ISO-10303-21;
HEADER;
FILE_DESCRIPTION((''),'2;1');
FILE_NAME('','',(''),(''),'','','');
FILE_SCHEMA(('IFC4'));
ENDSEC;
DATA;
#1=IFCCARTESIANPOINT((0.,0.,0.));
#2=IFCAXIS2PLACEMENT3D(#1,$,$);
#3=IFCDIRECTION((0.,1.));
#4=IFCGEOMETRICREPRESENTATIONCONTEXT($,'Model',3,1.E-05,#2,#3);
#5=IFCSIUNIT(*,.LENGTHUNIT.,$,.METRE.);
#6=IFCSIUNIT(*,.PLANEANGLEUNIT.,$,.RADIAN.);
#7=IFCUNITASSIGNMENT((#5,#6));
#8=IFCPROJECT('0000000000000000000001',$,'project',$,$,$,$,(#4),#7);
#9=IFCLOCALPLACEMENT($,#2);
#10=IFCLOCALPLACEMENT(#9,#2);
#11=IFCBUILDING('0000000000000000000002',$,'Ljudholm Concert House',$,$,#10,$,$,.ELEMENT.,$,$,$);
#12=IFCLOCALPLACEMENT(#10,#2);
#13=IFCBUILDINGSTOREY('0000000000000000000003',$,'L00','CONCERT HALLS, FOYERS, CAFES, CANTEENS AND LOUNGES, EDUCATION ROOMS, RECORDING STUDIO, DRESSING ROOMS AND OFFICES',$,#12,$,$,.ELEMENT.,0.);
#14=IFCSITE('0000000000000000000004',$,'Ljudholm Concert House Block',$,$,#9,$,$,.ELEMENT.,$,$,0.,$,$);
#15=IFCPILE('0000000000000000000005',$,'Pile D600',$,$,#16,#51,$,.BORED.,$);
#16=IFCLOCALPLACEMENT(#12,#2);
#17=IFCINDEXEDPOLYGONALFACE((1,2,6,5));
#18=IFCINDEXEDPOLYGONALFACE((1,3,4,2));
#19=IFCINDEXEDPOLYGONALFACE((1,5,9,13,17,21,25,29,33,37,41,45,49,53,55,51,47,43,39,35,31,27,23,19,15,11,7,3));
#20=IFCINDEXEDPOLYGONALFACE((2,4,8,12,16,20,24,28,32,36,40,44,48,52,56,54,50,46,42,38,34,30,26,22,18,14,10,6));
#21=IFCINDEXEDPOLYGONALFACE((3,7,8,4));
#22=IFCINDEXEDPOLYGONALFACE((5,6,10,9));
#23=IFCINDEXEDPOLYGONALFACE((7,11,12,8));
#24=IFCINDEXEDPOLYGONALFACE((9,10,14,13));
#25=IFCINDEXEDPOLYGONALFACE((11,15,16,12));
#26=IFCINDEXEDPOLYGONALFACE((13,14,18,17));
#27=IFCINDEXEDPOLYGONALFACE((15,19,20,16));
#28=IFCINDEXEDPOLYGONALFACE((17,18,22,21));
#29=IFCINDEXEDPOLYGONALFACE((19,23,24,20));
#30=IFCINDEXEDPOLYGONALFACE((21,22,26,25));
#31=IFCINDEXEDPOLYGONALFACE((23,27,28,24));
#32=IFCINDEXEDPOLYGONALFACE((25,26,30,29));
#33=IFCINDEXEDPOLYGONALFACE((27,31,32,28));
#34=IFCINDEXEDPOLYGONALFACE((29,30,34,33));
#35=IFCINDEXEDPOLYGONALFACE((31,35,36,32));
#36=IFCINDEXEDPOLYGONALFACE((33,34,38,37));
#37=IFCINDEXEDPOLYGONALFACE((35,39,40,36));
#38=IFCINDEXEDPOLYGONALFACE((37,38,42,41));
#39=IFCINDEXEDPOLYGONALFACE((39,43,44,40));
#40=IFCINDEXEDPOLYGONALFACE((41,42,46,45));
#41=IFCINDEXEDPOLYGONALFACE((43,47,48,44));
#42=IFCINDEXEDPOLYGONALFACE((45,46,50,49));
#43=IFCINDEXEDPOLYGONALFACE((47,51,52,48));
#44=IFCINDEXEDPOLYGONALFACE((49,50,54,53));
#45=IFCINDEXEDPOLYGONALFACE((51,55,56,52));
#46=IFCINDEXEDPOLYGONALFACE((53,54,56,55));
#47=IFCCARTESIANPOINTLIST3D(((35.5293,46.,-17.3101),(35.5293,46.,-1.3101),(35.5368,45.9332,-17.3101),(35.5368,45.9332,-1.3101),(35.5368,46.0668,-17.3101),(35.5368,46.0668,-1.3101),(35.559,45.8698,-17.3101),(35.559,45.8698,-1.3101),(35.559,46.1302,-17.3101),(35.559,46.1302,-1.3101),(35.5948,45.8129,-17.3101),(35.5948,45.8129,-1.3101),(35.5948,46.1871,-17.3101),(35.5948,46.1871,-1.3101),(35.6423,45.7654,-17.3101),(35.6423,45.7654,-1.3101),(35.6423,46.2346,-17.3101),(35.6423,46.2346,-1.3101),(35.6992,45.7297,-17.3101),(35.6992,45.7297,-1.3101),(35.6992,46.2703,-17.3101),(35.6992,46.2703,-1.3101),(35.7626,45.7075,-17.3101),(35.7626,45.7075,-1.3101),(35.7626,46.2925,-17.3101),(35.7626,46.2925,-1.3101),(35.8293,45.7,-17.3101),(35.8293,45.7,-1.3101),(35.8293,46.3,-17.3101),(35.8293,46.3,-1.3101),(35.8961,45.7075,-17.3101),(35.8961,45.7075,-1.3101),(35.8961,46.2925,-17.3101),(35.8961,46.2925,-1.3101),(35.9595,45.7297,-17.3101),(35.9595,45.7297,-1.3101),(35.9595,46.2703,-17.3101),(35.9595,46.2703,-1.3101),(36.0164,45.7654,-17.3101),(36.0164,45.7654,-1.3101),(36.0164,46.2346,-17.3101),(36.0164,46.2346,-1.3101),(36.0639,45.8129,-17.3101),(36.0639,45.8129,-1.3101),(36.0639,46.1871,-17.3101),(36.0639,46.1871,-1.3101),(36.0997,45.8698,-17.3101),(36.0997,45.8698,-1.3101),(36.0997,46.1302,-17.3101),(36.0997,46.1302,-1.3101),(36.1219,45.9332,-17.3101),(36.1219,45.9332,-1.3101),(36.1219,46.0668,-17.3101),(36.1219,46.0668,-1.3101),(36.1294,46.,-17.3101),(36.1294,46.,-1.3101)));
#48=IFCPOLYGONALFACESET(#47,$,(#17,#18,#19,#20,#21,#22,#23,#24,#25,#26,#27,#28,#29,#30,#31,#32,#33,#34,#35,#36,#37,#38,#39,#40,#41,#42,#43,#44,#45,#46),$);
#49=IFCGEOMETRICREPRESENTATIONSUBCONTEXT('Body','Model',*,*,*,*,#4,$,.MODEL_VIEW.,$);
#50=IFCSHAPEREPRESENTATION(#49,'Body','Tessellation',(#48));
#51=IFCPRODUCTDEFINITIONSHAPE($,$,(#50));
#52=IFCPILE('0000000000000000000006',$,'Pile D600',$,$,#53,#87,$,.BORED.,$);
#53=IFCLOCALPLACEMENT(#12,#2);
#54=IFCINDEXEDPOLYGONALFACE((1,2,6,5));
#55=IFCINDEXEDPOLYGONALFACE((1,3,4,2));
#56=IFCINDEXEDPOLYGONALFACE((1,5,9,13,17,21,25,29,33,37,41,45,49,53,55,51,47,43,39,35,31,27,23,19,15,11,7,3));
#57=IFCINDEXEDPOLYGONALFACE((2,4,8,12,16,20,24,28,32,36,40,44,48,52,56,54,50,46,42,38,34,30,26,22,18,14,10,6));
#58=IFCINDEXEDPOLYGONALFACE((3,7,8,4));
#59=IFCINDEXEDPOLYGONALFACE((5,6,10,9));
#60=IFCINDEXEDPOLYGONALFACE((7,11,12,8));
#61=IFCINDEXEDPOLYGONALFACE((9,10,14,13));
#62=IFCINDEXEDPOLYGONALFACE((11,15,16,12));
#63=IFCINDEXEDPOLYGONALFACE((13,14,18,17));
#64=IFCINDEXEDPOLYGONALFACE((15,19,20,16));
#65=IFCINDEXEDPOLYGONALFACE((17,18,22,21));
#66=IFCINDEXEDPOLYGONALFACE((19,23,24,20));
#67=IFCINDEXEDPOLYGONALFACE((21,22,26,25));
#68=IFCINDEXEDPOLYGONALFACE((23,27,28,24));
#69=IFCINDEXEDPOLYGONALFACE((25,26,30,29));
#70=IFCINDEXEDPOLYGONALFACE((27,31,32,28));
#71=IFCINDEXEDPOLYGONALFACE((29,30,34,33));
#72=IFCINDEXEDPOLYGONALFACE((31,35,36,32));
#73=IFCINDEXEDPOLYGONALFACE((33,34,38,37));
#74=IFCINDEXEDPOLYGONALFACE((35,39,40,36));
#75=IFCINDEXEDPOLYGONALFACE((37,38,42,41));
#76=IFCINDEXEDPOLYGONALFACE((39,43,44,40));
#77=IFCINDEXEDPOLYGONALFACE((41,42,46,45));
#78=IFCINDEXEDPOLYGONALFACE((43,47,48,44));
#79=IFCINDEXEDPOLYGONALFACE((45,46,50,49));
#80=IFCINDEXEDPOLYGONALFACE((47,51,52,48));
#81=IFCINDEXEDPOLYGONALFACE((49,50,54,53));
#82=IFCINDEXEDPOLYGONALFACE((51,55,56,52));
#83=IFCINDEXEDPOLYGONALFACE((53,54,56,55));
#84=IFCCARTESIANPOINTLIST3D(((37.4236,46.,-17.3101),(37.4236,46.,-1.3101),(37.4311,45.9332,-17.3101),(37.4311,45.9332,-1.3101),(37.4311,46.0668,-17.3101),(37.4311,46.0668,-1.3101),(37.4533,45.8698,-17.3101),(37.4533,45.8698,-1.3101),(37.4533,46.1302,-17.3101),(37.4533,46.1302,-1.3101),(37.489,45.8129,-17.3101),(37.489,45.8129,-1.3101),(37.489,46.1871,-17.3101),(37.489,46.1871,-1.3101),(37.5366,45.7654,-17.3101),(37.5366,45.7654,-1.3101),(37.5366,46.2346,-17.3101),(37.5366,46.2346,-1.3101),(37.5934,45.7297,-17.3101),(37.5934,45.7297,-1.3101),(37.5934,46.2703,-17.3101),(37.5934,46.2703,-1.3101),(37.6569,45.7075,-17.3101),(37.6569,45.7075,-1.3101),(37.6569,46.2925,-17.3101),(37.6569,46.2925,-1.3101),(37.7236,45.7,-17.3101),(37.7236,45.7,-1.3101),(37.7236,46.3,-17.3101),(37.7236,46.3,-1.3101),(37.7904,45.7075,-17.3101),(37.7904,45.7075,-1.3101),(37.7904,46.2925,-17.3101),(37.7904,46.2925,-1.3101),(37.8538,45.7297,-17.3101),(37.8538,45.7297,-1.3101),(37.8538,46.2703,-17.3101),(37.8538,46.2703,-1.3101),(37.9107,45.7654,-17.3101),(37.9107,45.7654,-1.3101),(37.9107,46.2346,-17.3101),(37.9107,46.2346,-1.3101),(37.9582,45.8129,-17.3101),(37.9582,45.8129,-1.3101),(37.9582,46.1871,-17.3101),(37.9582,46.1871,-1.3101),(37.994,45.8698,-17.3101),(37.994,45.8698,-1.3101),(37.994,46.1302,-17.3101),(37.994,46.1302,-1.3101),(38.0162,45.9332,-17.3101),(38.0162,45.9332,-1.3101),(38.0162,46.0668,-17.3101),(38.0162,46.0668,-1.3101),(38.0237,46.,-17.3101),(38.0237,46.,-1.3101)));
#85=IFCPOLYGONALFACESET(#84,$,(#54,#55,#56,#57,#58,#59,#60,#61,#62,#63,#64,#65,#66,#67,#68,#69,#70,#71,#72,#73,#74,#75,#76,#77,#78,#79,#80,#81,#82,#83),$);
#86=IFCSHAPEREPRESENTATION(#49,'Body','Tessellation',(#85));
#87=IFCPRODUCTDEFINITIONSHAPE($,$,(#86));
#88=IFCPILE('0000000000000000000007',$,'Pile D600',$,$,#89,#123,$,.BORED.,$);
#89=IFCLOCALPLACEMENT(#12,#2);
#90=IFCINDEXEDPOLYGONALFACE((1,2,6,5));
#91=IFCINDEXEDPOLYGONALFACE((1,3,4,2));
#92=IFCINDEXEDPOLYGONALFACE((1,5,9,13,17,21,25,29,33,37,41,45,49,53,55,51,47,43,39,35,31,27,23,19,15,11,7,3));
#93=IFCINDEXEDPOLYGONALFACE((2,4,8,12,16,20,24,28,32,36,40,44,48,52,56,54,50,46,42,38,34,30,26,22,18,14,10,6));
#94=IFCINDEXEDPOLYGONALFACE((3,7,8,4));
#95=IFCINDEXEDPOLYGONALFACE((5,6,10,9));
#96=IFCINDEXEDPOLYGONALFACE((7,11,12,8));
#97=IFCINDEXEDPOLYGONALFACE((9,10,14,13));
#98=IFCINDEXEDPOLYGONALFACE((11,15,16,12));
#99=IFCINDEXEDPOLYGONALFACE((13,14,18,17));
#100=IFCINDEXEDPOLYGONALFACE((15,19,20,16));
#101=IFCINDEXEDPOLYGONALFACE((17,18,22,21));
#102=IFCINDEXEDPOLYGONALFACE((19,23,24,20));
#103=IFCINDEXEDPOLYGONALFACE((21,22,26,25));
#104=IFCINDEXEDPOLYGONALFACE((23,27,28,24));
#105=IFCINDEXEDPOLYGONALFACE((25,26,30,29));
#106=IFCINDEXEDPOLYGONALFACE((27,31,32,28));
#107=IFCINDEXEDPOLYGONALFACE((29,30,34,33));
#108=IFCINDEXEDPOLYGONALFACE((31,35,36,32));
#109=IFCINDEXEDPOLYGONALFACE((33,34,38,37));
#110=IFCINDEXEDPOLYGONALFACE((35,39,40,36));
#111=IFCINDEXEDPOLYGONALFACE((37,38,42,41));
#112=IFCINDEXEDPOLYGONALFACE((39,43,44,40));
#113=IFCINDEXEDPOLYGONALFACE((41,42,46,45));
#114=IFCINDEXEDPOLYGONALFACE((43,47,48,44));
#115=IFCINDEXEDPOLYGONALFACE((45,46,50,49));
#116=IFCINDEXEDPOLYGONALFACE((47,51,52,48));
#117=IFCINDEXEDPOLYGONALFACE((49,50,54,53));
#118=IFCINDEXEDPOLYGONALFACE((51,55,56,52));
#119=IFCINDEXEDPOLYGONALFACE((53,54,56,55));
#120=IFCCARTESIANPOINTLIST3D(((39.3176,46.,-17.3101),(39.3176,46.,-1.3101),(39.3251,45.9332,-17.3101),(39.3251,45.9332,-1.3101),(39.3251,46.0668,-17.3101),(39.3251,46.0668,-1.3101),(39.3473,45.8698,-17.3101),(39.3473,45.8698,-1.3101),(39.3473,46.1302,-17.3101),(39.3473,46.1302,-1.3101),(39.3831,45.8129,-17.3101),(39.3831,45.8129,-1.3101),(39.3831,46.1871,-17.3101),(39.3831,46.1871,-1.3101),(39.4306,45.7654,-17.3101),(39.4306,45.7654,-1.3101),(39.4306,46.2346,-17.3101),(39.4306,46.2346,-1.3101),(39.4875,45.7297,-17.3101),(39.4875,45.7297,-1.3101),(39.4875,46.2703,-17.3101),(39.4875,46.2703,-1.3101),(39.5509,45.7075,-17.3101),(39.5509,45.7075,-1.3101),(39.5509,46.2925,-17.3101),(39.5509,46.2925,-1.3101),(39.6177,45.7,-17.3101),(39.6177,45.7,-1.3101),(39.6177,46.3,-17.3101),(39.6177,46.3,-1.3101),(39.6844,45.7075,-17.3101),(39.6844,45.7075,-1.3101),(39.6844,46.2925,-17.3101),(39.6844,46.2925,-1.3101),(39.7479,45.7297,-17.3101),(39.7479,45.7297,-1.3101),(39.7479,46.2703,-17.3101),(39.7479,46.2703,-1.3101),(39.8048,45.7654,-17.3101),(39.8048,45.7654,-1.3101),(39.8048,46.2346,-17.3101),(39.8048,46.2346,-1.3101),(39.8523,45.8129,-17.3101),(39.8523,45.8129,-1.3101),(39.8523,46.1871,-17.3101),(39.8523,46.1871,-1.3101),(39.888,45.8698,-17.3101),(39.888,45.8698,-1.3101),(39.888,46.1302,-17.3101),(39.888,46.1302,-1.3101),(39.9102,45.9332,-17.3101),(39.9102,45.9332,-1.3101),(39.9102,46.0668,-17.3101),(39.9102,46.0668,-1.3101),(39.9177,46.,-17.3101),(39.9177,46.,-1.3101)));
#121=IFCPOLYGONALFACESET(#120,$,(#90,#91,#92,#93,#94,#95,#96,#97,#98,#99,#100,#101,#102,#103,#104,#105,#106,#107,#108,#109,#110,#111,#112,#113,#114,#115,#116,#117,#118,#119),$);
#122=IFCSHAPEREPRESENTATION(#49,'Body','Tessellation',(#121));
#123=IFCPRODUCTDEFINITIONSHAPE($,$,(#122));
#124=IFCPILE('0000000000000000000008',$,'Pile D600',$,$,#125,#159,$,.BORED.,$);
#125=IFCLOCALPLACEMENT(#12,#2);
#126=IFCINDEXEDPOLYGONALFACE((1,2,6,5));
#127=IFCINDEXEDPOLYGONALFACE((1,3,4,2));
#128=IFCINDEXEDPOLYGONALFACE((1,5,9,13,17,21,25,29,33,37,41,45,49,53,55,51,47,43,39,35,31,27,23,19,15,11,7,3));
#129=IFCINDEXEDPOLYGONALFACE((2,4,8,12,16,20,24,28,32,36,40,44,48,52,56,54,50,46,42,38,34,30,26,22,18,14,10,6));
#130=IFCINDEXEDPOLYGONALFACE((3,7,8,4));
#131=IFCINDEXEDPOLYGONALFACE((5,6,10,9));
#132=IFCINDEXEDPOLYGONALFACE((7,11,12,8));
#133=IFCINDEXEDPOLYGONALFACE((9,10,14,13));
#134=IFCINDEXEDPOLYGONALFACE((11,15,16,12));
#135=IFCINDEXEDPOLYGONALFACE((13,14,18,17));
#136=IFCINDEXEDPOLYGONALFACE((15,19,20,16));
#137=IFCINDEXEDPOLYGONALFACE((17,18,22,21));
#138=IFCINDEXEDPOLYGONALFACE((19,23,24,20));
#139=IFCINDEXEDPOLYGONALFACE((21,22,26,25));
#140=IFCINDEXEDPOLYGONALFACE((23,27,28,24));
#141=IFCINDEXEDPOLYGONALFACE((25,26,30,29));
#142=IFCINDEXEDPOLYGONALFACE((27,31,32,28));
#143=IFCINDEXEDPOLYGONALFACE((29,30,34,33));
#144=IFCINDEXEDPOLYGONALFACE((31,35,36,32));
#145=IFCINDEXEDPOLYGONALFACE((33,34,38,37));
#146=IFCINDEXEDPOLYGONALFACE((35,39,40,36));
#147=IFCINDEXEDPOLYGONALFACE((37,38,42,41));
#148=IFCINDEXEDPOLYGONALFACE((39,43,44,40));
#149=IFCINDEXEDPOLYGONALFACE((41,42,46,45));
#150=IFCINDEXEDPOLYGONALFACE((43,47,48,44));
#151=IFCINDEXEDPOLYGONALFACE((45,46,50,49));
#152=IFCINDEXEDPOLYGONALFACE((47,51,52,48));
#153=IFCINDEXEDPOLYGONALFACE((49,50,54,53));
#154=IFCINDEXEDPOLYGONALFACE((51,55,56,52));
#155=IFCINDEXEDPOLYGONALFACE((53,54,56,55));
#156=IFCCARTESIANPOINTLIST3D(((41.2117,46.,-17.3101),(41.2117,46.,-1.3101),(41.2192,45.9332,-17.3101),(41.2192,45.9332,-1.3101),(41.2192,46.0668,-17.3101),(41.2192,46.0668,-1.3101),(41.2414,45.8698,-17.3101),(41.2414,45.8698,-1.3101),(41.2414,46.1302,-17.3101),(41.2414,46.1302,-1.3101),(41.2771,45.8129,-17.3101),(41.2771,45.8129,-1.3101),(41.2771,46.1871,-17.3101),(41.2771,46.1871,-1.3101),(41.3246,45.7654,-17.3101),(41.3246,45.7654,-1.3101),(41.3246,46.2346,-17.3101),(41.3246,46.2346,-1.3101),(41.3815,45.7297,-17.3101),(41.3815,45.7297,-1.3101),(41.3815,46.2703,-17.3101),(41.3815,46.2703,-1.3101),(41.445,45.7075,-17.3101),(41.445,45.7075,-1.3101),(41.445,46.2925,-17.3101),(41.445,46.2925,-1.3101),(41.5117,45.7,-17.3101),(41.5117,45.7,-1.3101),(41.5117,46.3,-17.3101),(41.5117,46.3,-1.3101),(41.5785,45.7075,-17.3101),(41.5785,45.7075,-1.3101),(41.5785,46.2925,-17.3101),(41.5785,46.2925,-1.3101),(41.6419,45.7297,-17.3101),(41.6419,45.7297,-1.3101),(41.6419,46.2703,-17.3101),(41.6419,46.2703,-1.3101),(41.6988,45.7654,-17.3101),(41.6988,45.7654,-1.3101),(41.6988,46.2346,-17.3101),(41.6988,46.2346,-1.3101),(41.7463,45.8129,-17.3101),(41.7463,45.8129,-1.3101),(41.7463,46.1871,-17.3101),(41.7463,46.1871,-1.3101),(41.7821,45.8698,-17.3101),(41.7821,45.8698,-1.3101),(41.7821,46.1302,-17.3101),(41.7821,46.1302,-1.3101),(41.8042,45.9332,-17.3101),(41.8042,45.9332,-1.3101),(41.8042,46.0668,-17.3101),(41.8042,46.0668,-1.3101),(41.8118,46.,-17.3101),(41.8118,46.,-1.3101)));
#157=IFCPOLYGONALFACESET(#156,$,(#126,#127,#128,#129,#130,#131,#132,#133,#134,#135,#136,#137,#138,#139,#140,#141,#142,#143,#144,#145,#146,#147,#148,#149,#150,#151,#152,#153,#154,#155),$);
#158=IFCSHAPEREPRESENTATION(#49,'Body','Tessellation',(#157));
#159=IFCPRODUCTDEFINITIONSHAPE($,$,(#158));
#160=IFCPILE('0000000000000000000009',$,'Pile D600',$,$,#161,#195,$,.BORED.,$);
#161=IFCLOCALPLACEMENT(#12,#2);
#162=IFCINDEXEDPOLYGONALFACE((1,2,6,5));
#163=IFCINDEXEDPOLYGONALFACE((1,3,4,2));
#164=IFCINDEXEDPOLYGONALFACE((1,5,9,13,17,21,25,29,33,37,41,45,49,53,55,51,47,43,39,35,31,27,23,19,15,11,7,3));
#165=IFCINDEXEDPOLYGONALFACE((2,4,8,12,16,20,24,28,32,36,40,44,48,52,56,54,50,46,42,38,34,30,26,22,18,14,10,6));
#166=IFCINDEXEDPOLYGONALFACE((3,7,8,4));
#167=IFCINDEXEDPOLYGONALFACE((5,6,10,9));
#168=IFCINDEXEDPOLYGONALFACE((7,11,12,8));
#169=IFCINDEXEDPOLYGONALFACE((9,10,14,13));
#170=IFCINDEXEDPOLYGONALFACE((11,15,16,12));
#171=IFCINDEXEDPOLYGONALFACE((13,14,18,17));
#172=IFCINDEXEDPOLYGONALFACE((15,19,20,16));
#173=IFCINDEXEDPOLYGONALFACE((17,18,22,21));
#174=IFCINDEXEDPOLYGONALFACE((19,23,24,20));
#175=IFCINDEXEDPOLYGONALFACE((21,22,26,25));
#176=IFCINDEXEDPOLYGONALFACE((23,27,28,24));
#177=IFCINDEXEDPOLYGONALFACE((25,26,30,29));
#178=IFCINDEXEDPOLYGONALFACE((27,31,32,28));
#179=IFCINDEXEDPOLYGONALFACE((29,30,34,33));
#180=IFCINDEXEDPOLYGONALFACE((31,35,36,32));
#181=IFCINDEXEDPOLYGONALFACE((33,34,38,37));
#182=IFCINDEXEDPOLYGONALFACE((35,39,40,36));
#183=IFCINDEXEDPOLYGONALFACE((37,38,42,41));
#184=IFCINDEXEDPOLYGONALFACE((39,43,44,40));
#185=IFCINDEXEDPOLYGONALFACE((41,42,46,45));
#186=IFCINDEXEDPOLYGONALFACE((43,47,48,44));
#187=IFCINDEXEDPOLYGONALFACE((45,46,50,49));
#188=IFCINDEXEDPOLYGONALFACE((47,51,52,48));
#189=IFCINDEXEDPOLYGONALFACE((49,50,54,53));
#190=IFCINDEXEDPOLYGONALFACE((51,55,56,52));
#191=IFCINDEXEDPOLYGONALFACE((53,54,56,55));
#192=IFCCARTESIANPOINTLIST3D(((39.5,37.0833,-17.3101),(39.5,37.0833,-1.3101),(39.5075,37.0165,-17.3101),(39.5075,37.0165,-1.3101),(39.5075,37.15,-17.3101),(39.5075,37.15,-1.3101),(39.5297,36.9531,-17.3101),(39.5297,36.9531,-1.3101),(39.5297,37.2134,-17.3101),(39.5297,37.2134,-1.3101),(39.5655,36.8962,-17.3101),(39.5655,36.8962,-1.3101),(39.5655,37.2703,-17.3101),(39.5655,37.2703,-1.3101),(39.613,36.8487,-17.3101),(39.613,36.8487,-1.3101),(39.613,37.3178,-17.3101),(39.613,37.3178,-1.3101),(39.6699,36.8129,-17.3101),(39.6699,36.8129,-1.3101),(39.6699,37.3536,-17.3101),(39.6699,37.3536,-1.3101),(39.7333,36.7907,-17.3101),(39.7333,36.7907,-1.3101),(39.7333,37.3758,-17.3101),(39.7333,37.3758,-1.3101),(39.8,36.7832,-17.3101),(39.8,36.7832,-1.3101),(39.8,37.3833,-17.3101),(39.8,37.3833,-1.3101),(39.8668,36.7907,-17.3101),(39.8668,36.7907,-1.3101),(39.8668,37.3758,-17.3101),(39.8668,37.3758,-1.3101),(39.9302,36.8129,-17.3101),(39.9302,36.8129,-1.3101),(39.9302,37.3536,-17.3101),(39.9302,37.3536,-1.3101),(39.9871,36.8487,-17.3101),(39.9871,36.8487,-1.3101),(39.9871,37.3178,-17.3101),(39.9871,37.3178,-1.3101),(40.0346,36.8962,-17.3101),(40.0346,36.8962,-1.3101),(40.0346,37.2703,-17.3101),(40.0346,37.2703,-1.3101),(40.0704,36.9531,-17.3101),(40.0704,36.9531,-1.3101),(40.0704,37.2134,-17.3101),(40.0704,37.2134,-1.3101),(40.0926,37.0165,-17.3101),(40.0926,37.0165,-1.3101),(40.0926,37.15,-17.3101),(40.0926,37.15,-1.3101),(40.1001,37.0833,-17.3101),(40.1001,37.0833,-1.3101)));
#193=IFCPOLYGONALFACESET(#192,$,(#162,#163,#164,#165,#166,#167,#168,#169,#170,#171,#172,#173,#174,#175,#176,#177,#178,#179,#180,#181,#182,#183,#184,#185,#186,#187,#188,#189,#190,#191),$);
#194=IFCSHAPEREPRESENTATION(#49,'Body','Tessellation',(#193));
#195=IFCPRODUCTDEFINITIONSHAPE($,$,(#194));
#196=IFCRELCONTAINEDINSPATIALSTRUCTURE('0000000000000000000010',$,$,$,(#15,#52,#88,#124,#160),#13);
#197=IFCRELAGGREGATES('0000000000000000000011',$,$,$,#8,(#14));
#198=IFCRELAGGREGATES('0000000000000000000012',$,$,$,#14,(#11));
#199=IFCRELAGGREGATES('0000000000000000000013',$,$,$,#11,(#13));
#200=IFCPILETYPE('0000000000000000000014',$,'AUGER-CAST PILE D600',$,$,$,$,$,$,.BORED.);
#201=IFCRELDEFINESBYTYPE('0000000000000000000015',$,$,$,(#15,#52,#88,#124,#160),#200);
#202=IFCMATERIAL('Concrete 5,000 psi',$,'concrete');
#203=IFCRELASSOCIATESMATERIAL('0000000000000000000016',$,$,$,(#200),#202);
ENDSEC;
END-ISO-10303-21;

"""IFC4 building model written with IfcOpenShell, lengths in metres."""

from ifc_helpers import new_model, si_unit, direction, frame, origin, origin_2d, place, context, subcontext, project, spatial, circle, extrude, material, material_profile, profile_set, type_object, element, save


model = new_model("IFC4")

# Units and contexts
model_context = context("Model", 3, precision=1e-05, world=origin(), true_north=direction((0.0, 1.0)))
body_context = subcontext(model_context, "Body", "Model", "MODEL_VIEW")
ifc_project = project(units=[si_unit("LENGTHUNIT", "METRE"), si_unit("PLANEANGLEUNIT", "RADIAN")], contexts=[model_context])

# Site, building, storey
site_placement = place(None, origin())
site = spatial("IfcSite", under=ifc_project, at=site_placement, Name="Ljudholm Concert House Block", CompositionType="ELEMENT", RefElevation=0.0)
building_placement = place(site_placement, origin())
building = spatial("IfcBuilding", under=site, at=building_placement, Name="Ljudholm Concert House", CompositionType="ELEMENT")
storey_placement = place(building_placement, origin())
storey = spatial("IfcBuildingStorey", under=building, at=storey_placement, Name="L00", Description="CONCERT HALLS, FOYERS, CAFES, CANTEENS AND LOUNGES, EDUCATION ROOMS, RECORDING STUDIO, DRESSING ROOMS AND OFFICES", CompositionType="ELEMENT", Elevation=0.0)

# Piles
ifc_material_1 = material(Name="Concrete 5,000 psi", Category="concrete")
ifc_material_profile_1 = material_profile(ifc_material_1, circle(Radius=0.3, at=origin_2d()), Name="AUGER-CAST PILE D600")
ifc_profile_set_1 = profile_set([ifc_material_profile_1], Name="Concrete 5,000 psi")
pile_type_1 = type_object("IfcPileType", Name="AUGER-CAST PILE D600", PredefinedType="BORED", material=ifc_profile_set_1)
for number, where, z_axis, x_axis, name in (
    (1, (35.8293, 46.0, -1.3101), (0.0, 0.0, -1.0), (1.0, 0.0, 0.0), "Pile D600"),
    (2, (37.7236, 46.0, -1.3101), (0.0, 0.0, -1.0), (1.0, 0.0, 0.0), "Pile D600"),
    (3, (39.6177, 46.0, -1.3101), (0.0, 0.0, -1.0), (1.0, 0.0, 0.0), "Pile D600"),
    (4, (41.5117, 46.0, -1.3101), (0.0, 0.0, -1.0), (1.0, 0.0, 0.0), "Pile D600"),
    (5, (39.8, 37.0833, -1.3101), (0.0, 0.0, -1.0), (1.0, 0.0, 0.0), "Pile D600"),
):
    element("IfcPile", number, at=place(storey_placement, frame(where, z_axis=z_axis, x_axis=x_axis)), inside=storey, type_object=pile_type_1, Name=name, PredefinedType="BORED", context=body_context, shape_type="SweptSolid", body=[
        extrude(circle(Radius=0.3, at=origin_2d()), origin(), (0.0, 0.0, 1.0), 16.0),
    ])

save(model, "model.ifc")
